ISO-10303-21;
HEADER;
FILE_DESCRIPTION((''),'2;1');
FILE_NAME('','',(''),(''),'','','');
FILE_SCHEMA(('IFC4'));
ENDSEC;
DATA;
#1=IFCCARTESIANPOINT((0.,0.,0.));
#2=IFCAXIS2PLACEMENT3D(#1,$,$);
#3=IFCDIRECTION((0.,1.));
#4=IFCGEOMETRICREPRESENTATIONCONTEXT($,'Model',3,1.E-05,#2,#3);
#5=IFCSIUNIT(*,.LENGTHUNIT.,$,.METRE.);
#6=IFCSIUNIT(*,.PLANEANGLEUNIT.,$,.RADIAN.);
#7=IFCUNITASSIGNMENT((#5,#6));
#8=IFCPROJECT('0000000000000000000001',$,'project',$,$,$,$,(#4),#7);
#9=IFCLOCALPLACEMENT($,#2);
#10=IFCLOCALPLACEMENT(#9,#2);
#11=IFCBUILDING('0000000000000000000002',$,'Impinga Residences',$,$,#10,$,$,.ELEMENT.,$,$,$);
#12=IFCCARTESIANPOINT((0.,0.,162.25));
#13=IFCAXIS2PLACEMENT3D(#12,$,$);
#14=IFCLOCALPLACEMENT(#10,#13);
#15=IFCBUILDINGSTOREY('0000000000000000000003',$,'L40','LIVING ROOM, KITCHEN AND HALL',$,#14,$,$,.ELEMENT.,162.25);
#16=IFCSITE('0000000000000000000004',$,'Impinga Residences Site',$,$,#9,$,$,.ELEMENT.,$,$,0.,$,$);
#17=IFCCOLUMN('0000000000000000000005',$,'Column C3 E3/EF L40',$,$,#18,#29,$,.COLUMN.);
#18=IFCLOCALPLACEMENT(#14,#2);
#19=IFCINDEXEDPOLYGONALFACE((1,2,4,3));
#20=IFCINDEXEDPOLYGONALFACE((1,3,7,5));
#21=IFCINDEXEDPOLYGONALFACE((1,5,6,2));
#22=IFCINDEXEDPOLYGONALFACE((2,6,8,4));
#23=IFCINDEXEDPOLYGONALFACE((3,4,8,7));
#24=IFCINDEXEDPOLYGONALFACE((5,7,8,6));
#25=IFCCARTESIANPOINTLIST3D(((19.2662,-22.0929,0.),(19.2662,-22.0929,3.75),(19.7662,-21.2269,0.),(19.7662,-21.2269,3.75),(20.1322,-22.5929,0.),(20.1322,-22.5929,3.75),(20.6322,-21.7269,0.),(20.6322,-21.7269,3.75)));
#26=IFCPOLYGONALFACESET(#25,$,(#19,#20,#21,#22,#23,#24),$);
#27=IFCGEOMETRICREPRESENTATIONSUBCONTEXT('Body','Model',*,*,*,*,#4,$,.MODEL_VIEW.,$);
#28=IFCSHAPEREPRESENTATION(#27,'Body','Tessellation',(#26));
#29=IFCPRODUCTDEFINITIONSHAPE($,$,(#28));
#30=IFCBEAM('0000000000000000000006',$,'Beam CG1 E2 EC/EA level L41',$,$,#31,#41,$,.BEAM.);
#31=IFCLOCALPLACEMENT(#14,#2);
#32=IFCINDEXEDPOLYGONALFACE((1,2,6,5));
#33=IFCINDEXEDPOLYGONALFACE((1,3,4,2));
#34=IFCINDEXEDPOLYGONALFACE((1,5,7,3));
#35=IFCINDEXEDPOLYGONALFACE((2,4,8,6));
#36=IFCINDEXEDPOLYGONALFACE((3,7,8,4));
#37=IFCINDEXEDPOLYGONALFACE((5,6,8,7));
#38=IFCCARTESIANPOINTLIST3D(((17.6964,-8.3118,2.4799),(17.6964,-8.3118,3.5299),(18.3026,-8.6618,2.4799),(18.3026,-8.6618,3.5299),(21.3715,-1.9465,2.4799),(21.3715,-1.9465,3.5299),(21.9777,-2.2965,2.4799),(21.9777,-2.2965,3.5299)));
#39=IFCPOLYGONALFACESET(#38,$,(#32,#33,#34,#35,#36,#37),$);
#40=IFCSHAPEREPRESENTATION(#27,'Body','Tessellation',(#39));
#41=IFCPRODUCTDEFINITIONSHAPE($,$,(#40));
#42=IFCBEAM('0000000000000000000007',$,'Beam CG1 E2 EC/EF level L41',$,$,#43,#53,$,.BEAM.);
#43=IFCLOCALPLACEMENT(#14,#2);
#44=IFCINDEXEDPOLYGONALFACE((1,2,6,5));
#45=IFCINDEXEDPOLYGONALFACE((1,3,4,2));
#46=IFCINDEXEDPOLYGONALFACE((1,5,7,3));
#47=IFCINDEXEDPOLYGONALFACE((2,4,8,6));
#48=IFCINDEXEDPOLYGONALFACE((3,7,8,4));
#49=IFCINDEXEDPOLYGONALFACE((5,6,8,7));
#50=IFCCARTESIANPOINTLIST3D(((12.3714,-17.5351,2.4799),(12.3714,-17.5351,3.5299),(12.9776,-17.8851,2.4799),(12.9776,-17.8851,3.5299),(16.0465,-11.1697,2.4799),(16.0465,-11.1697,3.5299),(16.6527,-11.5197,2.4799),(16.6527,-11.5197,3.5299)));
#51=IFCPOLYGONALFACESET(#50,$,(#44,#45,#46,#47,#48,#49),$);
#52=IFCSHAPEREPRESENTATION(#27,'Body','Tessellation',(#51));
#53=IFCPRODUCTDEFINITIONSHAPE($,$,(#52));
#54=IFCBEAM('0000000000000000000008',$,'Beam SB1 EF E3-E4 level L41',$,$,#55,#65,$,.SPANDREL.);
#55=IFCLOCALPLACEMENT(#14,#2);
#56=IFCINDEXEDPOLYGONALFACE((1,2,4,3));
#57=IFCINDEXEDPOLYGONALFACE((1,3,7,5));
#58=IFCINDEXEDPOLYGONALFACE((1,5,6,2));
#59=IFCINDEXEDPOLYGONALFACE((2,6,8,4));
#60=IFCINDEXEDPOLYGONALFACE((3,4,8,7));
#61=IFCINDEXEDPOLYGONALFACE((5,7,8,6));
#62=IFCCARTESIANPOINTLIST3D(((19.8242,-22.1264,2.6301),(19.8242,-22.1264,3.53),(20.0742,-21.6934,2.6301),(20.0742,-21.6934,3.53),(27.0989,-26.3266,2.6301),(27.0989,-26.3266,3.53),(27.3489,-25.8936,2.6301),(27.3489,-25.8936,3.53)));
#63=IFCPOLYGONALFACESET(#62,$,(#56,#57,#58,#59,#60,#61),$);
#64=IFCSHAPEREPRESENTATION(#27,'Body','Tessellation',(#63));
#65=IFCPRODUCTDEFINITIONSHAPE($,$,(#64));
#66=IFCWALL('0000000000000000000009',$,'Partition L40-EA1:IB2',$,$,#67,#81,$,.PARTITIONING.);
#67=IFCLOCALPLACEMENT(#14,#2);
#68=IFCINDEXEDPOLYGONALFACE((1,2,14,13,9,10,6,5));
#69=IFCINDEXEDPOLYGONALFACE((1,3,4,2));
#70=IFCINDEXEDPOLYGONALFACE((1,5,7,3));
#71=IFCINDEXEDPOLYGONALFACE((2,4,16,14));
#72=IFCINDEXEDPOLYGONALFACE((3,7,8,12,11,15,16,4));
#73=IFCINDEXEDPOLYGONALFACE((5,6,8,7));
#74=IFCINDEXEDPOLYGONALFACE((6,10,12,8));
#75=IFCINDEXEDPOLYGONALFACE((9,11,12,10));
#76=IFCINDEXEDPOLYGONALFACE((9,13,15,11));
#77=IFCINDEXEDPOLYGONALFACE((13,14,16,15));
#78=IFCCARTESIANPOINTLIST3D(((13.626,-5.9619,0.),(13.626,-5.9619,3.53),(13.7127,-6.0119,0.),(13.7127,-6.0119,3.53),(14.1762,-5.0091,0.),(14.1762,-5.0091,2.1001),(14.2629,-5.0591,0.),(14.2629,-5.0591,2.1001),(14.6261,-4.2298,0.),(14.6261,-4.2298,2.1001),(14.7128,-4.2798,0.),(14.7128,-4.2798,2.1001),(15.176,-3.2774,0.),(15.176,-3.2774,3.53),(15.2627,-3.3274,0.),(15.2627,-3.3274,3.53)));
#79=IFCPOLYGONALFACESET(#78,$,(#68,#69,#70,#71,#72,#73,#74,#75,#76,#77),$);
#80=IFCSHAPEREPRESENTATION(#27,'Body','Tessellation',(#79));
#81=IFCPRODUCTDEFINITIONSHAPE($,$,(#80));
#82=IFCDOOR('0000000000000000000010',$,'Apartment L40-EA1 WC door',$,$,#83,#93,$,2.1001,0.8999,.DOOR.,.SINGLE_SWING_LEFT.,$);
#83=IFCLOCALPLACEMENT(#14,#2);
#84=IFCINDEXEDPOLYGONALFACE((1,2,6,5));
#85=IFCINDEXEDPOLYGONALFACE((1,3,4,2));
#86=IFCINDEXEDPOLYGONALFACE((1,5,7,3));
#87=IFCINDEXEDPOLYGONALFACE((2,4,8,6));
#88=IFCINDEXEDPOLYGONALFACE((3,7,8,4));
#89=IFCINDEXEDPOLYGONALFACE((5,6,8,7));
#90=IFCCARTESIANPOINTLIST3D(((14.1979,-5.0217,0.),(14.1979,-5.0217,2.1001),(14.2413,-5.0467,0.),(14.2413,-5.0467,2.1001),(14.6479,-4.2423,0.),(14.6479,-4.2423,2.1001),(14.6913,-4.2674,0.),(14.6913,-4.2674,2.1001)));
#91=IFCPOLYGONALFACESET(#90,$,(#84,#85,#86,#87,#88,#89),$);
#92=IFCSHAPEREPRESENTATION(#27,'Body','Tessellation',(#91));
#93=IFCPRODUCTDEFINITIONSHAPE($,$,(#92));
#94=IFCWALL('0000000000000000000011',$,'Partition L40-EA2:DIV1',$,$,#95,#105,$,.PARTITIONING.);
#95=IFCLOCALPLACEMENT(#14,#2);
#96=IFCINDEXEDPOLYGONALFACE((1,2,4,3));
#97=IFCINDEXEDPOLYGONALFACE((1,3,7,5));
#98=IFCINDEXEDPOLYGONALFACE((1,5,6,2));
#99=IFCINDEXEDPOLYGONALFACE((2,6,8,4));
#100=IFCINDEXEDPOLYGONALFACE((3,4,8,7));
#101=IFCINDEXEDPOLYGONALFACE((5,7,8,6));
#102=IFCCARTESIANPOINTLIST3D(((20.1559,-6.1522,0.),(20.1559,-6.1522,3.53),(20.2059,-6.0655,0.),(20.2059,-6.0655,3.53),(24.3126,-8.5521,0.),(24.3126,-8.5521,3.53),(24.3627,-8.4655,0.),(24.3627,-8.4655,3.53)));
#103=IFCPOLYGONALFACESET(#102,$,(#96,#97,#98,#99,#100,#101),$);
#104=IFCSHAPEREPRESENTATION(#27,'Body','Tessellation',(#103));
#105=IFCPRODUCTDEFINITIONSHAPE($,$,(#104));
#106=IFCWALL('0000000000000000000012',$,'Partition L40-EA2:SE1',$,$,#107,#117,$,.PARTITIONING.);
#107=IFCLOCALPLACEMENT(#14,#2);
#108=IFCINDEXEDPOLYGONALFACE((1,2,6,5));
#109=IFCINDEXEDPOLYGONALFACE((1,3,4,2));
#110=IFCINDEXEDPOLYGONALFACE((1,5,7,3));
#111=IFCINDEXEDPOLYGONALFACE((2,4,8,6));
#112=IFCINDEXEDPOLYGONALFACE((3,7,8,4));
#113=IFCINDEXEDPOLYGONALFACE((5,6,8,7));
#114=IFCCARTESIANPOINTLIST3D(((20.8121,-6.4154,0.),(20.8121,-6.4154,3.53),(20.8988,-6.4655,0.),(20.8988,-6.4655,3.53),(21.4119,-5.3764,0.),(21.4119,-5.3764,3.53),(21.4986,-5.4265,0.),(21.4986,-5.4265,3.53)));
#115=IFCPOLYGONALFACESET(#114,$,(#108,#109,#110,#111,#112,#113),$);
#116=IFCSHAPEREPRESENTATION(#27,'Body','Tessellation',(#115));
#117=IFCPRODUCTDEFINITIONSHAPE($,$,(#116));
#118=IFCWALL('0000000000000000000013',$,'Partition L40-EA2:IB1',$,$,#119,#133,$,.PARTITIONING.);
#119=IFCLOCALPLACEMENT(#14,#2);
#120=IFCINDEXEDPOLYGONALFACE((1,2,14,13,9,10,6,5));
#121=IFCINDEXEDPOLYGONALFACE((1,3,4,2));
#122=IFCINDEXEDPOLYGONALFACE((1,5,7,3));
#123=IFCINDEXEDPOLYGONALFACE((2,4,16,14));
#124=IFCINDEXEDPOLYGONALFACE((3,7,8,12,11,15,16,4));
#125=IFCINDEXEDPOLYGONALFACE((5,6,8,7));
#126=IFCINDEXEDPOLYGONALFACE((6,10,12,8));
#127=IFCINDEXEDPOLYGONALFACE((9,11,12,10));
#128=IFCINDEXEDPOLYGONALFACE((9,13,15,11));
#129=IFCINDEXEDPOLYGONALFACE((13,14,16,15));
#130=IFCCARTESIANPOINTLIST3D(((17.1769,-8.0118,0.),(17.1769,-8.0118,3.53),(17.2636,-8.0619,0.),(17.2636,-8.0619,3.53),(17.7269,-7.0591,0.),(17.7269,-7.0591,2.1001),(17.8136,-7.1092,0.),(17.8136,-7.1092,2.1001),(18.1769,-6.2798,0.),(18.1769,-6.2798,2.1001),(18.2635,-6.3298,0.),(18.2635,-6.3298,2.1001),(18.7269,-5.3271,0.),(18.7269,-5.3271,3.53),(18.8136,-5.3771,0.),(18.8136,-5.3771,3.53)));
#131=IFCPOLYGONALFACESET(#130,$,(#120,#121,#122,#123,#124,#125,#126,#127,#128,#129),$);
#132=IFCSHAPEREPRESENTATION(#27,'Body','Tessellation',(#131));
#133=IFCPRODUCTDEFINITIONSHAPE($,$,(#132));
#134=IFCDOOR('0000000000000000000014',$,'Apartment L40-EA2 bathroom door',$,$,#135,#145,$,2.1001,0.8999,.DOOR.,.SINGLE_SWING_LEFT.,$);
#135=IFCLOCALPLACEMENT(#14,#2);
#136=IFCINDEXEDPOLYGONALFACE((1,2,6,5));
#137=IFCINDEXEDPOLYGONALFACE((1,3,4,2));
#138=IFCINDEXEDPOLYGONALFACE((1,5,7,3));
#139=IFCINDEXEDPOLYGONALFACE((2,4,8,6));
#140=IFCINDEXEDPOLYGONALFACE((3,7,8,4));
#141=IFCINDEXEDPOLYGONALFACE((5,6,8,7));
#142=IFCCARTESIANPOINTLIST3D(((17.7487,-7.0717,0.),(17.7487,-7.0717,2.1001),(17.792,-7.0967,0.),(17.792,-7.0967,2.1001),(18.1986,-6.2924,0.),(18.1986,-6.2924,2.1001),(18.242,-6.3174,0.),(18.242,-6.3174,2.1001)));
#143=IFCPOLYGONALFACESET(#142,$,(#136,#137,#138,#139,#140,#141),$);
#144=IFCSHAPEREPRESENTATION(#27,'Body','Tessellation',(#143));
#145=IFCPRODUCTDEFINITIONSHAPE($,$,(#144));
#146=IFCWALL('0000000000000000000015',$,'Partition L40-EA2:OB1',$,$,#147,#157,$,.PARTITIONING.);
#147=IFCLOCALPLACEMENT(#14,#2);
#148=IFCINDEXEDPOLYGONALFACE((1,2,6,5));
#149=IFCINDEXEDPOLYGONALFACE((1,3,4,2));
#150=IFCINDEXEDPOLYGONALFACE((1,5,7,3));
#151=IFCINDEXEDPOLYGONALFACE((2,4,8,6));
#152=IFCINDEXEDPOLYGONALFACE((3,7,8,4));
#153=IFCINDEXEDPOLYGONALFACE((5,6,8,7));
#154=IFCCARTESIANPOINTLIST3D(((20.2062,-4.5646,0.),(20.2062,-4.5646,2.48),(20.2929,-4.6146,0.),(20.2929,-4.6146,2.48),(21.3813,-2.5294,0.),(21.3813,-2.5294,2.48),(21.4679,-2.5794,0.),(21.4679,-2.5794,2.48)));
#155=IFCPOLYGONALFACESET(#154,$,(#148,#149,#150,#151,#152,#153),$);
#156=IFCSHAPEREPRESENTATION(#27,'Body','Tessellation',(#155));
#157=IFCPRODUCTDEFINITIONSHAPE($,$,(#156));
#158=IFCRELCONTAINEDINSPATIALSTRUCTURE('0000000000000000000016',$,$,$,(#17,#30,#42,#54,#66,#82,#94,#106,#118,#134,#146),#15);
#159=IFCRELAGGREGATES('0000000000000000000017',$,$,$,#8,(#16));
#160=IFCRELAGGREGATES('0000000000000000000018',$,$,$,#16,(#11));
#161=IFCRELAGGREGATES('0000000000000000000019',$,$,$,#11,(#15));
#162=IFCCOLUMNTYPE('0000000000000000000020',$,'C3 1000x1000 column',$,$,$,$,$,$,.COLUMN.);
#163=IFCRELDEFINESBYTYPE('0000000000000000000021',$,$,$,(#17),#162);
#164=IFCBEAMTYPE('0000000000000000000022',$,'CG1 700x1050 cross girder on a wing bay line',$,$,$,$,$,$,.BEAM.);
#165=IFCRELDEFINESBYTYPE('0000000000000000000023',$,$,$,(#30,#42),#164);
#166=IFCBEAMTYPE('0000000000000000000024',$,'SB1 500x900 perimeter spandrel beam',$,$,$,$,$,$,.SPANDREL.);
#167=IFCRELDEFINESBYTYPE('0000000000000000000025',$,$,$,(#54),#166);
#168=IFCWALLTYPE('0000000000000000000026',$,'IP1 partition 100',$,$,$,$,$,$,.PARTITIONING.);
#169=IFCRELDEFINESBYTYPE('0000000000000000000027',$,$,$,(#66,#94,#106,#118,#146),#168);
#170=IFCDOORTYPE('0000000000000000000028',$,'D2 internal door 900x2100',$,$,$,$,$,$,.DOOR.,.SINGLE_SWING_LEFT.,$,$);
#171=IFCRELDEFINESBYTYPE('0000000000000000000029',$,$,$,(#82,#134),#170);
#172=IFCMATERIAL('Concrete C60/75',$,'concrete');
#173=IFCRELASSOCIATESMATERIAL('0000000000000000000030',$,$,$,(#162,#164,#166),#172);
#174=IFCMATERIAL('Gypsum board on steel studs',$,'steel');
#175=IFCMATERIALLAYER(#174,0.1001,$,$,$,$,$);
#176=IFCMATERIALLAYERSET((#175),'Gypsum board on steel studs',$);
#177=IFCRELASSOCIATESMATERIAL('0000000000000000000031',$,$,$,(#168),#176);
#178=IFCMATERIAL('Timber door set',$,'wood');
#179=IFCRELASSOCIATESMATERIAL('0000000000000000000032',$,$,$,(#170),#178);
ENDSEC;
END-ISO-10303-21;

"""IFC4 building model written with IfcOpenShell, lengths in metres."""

from ifc_helpers import new_model, si_unit, direction, frame, frame_2d, origin, origin_2d, place, context, subcontext, project, spatial, rectangle, extrude, material, layer, layer_set, material_profile, profile_set, type_object, element, fill, save


model = new_model("IFC4")

# Units and contexts
model_context = context("Model", 3, precision=1e-05, world=origin(), true_north=direction((0.0, 1.0)))
body_context = subcontext(model_context, "Body", "Model", "MODEL_VIEW")
ifc_project = project(units=[si_unit("LENGTHUNIT", "METRE"), si_unit("PLANEANGLEUNIT", "RADIAN")], contexts=[model_context])

# Site, building, storey
site_placement = place(None, origin())
site = spatial("IfcSite", under=ifc_project, at=site_placement, Name="Impinga Residences Site", CompositionType="ELEMENT", RefElevation=0.0)
building_placement = place(site_placement, origin())
building = spatial("IfcBuilding", under=site, at=building_placement, Name="Impinga Residences", CompositionType="ELEMENT")
storey_placement = place(building_placement, frame((0.0, 0.0, 162.25)))
storey = spatial("IfcBuildingStorey", under=building, at=storey_placement, Name="L40", Description="LIVING ROOM, KITCHEN AND HALL", CompositionType="ELEMENT", Elevation=162.25)

# Column
ifc_material_1 = material(Name="Concrete C60/75", Category="concrete")
ifc_material_profile_1 = material_profile(ifc_material_1, rectangle(XDim=1.0, YDim=1.0, at=origin_2d()), Name="RC 1000x1000")
ifc_profile_set_1 = profile_set([ifc_material_profile_1], Name="Concrete C60/75")
column_type = type_object("IfcColumnType", Name="C3 1000x1000 column", PredefinedType="COLUMN", material=ifc_profile_set_1)
column_placement = place(storey_placement, frame((19.9492, -21.9099, 0.0), z_axis=(0.0, 0.0, 1.0), x_axis=(-0.5, -0.866025, 0.0)))
element("IfcColumn", 1, at=column_placement, inside=storey, type_object=column_type, Name="Column C3 E3/EF L40", PredefinedType="COLUMN", context=body_context, shape_type="SweptSolid", body=[
    extrude(rectangle(XDim=1.0, YDim=1.0, at=origin_2d()), origin(), (0.0, 0.0, 1.0), 3.75),
])

# Beams
ifc_material_profile_2 = material_profile(ifc_material_1, rectangle(XDim=0.7, YDim=1.05, at=origin_2d()), Name="RC 700x1050")
ifc_profile_set_2 = profile_set([ifc_material_profile_2], Name="Concrete C60/75")
beam_type_1 = type_object("IfcBeamType", Name="CG1 700x1050 cross girder on a wing bay line", PredefinedType="BEAM", material=ifc_profile_set_2)
for number, where, z_axis, x_axis, name in (
    (2, (17.9995, -8.4868, 3.0049), (0.500008, 0.866021, 0.0), (-0.866021, 0.500008, 0.0), "Beam CG1 E2 EC/EA level L41"),
    (3, (16.3496, -11.3447, 3.0049), (-0.500008, -0.866021, 0.0), (0.866021, -0.500008, 0.0), "Beam CG1 E2 EC/EF level L41"),
):
    element("IfcBeam", number, at=place(storey_placement, frame(where, z_axis=z_axis, x_axis=x_axis)), inside=storey, type_object=beam_type_1, Name=name, PredefinedType="BEAM", context=body_context, shape_type="SweptSolid", body=[
        extrude(rectangle(XDim=0.7, YDim=1.05, at=origin_2d()), origin(), (0.0, 0.0, 1.0), 7.3501),
    ])
ifc_material_profile_3 = material_profile(ifc_material_1, rectangle(XDim=0.5, YDim=0.8999, at=origin_2d()), Name="RC 500x900")
ifc_profile_set_3 = profile_set([ifc_material_profile_3], Name="Concrete C60/75")
beam_type_2 = type_object("IfcBeamType", Name="SB1 500x900 perimeter spandrel beam", PredefinedType="SPANDREL", material=ifc_profile_set_3)
beam_placement = place(storey_placement, frame((19.9492, -21.9099, 3.0801), z_axis=(0.866017, -0.500015, 0.0), x_axis=(0.500015, 0.866017, 0.0)))
element("IfcBeam", 4, at=beam_placement, inside=storey, type_object=beam_type_2, Name="Beam SB1 EF E3-E4 level L41", PredefinedType="SPANDREL", context=body_context, shape_type="SweptSolid", body=[
    extrude(rectangle(XDim=0.5, YDim=0.8999, at=origin_2d()), origin(), (0.0, 0.0, 1.0), 8.4001),
])

# Wall, opening, door
ifc_material_2 = material(Name="Gypsum board on steel studs", Category="steel")
ifc_layer_1 = layer(ifc_material_2, 0.1001)
ifc_layer_set_1 = layer_set([ifc_layer_1], Name="Gypsum board on steel studs")
wall_type_1 = type_object("IfcWallType", Name="IP1 partition 100", PredefinedType="PARTITIONING", material=ifc_layer_set_1)
wall_1_placement = place(storey_placement, frame((13.6694, -5.9868, 0.0), z_axis=(0.0, 0.0, 1.0), x_axis=(0.500027, 0.86601, 0.0)))
wall_1 = element("IfcWall", 5, at=wall_1_placement, inside=storey, type_object=wall_type_1, Name="Partition L40-EA1:IB2", PredefinedType="PARTITIONING", context=body_context, shape_type="SweptSolid", body=[
    extrude(rectangle(XDim=3.0999, YDim=0.1001, at=frame_2d((1.5498, 0.0))), origin(), (0.0, 0.0, 1.0), 3.53),
])
opening_1_placement = place(wall_1_placement, frame((1.1001, 0.0, 0.0)))
opening_1 = element("IfcOpeningElement", 6, at=opening_1_placement, cuts=wall_1, PredefinedType="OPENING", context=body_context, shape_type="SweptSolid", body=[
    extrude(rectangle(XDim=0.8999, YDim=2.1001, at=frame_2d((0.45, 1.05))), frame((0.0, 0.0601, 0.0), z_axis=(0.0, -1.0, 0.0), x_axis=(1.0, 0.0, 0.0)), (0.0, 0.0, 1.0), 0.1201),
])
ifc_material_3 = material(Name="Timber door set", Category="wood")
door_type = type_object("IfcDoorType", Name="D2 internal door 900x2100", OperationType="SINGLE_SWING_LEFT", PredefinedType="DOOR", material=ifc_material_3)
door_1_placement = place(opening_1_placement, origin())
door_1 = element("IfcDoor", 7, at=door_1_placement, inside=storey, type_object=door_type, Name="Apartment L40-EA1 WC door", OperationType="SINGLE_SWING_LEFT", OverallHeight=2.1001, OverallWidth=0.8999, PredefinedType="DOOR", context=body_context, shape_type="SweptSolid", body=[
    extrude(rectangle(XDim=0.8999, YDim=2.1001, at=frame_2d((0.45, 1.05))), frame((0.0, 0.0249, 0.0), z_axis=(0.0, -1.0, 0.0), x_axis=(1.0, 0.0, 0.0)), (0.0, 0.0, 1.0), 0.05),
])
fill(opening_1, door_1)

# Walls
wall_2_placement = place(storey_placement, frame((20.1809, -6.1089, 0.0), z_axis=(0.0, 0.0, 1.0), x_axis=(0.866025, -0.500001, 0.0)))
element("IfcWall", 8, at=wall_2_placement, inside=storey, type_object=wall_type_1, Name="Partition L40-EA2:DIV1", PredefinedType="PARTITIONING", context=body_context, shape_type="SweptSolid", body=[
    extrude(rectangle(XDim=4.7998, YDim=0.1001, at=frame_2d((2.3999, 0.0))), origin(), (0.0, 0.0, 1.0), 3.53),
])
wall_3_placement = place(storey_placement, frame((20.8555, -6.4404, 0.0), z_axis=(0.0, 0.0, 1.0), x_axis=(0.499969, 0.866043, 0.0)))
element("IfcWall", 9, at=wall_3_placement, inside=storey, type_object=wall_type_1, Name="Partition L40-EA2:SE1", PredefinedType="PARTITIONING", context=body_context, shape_type="SweptSolid", body=[
    extrude(rectangle(XDim=1.1997, YDim=0.1001, at=frame_2d((0.5999, 0.0))), origin(), (0.0, 0.0, 1.0), 3.53),
])

# Wall, opening, door
wall_4_placement = place(storey_placement, frame((17.2202, -8.0369, 0.0), z_axis=(0.0, 0.0, 1.0), x_axis=(0.499993, 0.86603, 0.0)))
wall_4 = element("IfcWall", 10, at=wall_4_placement, inside=storey, type_object=wall_type_1, Name="Partition L40-EA2:IB1", PredefinedType="PARTITIONING", context=body_context, shape_type="SweptSolid", body=[
    extrude(rectangle(XDim=3.1001, YDim=0.1001, at=frame_2d((1.55, 0.0))), origin(), (0.0, 0.0, 1.0), 3.53),
])
opening_2_placement = place(wall_4_placement, frame((1.1001, 0.0, 0.0)))
opening_2 = element("IfcOpeningElement", 11, at=opening_2_placement, cuts=wall_4, PredefinedType="OPENING", context=body_context, shape_type="SweptSolid", body=[
    extrude(rectangle(XDim=0.8999, YDim=2.1001, at=frame_2d((0.45, 1.05))), frame((0.0, 0.0601, 0.0), z_axis=(0.0, -1.0, 0.0), x_axis=(1.0, 0.0, 0.0)), (0.0, 0.0, 1.0), 0.1201),
])
door_2_placement = place(opening_2_placement, origin())
door_2 = element("IfcDoor", 12, at=door_2_placement, inside=storey, type_object=door_type, Name="Apartment L40-EA2 bathroom door", OperationType="SINGLE_SWING_LEFT", OverallHeight=2.1001, OverallWidth=0.8999, PredefinedType="DOOR", context=body_context, shape_type="SweptSolid", body=[
    extrude(rectangle(XDim=0.8999, YDim=2.1001, at=frame_2d((0.45, 1.05))), frame((0.0, 0.0249, 0.0), z_axis=(0.0, -1.0, 0.0), x_axis=(1.0, 0.0, 0.0)), (0.0, 0.0, 1.0), 0.05),
])
fill(opening_2, door_2)

# Wall
wall_5_placement = place(storey_placement, frame((20.2495, -4.5896, 0.0), z_axis=(0.0, 0.0, 1.0), x_axis=(0.500016, 0.866016, 0.0)))
element("IfcWall", 13, at=wall_5_placement, inside=storey, type_object=wall_type_1, Name="Partition L40-EA2:OB1", PredefinedType="PARTITIONING", context=body_context, shape_type="SweptSolid", body=[
    extrude(rectangle(XDim=2.3501, YDim=0.1001, at=frame_2d((1.175, 0.0))), origin(), (0.0, 0.0, 1.0), 2.48),
])

save(model, "model.ifc")
